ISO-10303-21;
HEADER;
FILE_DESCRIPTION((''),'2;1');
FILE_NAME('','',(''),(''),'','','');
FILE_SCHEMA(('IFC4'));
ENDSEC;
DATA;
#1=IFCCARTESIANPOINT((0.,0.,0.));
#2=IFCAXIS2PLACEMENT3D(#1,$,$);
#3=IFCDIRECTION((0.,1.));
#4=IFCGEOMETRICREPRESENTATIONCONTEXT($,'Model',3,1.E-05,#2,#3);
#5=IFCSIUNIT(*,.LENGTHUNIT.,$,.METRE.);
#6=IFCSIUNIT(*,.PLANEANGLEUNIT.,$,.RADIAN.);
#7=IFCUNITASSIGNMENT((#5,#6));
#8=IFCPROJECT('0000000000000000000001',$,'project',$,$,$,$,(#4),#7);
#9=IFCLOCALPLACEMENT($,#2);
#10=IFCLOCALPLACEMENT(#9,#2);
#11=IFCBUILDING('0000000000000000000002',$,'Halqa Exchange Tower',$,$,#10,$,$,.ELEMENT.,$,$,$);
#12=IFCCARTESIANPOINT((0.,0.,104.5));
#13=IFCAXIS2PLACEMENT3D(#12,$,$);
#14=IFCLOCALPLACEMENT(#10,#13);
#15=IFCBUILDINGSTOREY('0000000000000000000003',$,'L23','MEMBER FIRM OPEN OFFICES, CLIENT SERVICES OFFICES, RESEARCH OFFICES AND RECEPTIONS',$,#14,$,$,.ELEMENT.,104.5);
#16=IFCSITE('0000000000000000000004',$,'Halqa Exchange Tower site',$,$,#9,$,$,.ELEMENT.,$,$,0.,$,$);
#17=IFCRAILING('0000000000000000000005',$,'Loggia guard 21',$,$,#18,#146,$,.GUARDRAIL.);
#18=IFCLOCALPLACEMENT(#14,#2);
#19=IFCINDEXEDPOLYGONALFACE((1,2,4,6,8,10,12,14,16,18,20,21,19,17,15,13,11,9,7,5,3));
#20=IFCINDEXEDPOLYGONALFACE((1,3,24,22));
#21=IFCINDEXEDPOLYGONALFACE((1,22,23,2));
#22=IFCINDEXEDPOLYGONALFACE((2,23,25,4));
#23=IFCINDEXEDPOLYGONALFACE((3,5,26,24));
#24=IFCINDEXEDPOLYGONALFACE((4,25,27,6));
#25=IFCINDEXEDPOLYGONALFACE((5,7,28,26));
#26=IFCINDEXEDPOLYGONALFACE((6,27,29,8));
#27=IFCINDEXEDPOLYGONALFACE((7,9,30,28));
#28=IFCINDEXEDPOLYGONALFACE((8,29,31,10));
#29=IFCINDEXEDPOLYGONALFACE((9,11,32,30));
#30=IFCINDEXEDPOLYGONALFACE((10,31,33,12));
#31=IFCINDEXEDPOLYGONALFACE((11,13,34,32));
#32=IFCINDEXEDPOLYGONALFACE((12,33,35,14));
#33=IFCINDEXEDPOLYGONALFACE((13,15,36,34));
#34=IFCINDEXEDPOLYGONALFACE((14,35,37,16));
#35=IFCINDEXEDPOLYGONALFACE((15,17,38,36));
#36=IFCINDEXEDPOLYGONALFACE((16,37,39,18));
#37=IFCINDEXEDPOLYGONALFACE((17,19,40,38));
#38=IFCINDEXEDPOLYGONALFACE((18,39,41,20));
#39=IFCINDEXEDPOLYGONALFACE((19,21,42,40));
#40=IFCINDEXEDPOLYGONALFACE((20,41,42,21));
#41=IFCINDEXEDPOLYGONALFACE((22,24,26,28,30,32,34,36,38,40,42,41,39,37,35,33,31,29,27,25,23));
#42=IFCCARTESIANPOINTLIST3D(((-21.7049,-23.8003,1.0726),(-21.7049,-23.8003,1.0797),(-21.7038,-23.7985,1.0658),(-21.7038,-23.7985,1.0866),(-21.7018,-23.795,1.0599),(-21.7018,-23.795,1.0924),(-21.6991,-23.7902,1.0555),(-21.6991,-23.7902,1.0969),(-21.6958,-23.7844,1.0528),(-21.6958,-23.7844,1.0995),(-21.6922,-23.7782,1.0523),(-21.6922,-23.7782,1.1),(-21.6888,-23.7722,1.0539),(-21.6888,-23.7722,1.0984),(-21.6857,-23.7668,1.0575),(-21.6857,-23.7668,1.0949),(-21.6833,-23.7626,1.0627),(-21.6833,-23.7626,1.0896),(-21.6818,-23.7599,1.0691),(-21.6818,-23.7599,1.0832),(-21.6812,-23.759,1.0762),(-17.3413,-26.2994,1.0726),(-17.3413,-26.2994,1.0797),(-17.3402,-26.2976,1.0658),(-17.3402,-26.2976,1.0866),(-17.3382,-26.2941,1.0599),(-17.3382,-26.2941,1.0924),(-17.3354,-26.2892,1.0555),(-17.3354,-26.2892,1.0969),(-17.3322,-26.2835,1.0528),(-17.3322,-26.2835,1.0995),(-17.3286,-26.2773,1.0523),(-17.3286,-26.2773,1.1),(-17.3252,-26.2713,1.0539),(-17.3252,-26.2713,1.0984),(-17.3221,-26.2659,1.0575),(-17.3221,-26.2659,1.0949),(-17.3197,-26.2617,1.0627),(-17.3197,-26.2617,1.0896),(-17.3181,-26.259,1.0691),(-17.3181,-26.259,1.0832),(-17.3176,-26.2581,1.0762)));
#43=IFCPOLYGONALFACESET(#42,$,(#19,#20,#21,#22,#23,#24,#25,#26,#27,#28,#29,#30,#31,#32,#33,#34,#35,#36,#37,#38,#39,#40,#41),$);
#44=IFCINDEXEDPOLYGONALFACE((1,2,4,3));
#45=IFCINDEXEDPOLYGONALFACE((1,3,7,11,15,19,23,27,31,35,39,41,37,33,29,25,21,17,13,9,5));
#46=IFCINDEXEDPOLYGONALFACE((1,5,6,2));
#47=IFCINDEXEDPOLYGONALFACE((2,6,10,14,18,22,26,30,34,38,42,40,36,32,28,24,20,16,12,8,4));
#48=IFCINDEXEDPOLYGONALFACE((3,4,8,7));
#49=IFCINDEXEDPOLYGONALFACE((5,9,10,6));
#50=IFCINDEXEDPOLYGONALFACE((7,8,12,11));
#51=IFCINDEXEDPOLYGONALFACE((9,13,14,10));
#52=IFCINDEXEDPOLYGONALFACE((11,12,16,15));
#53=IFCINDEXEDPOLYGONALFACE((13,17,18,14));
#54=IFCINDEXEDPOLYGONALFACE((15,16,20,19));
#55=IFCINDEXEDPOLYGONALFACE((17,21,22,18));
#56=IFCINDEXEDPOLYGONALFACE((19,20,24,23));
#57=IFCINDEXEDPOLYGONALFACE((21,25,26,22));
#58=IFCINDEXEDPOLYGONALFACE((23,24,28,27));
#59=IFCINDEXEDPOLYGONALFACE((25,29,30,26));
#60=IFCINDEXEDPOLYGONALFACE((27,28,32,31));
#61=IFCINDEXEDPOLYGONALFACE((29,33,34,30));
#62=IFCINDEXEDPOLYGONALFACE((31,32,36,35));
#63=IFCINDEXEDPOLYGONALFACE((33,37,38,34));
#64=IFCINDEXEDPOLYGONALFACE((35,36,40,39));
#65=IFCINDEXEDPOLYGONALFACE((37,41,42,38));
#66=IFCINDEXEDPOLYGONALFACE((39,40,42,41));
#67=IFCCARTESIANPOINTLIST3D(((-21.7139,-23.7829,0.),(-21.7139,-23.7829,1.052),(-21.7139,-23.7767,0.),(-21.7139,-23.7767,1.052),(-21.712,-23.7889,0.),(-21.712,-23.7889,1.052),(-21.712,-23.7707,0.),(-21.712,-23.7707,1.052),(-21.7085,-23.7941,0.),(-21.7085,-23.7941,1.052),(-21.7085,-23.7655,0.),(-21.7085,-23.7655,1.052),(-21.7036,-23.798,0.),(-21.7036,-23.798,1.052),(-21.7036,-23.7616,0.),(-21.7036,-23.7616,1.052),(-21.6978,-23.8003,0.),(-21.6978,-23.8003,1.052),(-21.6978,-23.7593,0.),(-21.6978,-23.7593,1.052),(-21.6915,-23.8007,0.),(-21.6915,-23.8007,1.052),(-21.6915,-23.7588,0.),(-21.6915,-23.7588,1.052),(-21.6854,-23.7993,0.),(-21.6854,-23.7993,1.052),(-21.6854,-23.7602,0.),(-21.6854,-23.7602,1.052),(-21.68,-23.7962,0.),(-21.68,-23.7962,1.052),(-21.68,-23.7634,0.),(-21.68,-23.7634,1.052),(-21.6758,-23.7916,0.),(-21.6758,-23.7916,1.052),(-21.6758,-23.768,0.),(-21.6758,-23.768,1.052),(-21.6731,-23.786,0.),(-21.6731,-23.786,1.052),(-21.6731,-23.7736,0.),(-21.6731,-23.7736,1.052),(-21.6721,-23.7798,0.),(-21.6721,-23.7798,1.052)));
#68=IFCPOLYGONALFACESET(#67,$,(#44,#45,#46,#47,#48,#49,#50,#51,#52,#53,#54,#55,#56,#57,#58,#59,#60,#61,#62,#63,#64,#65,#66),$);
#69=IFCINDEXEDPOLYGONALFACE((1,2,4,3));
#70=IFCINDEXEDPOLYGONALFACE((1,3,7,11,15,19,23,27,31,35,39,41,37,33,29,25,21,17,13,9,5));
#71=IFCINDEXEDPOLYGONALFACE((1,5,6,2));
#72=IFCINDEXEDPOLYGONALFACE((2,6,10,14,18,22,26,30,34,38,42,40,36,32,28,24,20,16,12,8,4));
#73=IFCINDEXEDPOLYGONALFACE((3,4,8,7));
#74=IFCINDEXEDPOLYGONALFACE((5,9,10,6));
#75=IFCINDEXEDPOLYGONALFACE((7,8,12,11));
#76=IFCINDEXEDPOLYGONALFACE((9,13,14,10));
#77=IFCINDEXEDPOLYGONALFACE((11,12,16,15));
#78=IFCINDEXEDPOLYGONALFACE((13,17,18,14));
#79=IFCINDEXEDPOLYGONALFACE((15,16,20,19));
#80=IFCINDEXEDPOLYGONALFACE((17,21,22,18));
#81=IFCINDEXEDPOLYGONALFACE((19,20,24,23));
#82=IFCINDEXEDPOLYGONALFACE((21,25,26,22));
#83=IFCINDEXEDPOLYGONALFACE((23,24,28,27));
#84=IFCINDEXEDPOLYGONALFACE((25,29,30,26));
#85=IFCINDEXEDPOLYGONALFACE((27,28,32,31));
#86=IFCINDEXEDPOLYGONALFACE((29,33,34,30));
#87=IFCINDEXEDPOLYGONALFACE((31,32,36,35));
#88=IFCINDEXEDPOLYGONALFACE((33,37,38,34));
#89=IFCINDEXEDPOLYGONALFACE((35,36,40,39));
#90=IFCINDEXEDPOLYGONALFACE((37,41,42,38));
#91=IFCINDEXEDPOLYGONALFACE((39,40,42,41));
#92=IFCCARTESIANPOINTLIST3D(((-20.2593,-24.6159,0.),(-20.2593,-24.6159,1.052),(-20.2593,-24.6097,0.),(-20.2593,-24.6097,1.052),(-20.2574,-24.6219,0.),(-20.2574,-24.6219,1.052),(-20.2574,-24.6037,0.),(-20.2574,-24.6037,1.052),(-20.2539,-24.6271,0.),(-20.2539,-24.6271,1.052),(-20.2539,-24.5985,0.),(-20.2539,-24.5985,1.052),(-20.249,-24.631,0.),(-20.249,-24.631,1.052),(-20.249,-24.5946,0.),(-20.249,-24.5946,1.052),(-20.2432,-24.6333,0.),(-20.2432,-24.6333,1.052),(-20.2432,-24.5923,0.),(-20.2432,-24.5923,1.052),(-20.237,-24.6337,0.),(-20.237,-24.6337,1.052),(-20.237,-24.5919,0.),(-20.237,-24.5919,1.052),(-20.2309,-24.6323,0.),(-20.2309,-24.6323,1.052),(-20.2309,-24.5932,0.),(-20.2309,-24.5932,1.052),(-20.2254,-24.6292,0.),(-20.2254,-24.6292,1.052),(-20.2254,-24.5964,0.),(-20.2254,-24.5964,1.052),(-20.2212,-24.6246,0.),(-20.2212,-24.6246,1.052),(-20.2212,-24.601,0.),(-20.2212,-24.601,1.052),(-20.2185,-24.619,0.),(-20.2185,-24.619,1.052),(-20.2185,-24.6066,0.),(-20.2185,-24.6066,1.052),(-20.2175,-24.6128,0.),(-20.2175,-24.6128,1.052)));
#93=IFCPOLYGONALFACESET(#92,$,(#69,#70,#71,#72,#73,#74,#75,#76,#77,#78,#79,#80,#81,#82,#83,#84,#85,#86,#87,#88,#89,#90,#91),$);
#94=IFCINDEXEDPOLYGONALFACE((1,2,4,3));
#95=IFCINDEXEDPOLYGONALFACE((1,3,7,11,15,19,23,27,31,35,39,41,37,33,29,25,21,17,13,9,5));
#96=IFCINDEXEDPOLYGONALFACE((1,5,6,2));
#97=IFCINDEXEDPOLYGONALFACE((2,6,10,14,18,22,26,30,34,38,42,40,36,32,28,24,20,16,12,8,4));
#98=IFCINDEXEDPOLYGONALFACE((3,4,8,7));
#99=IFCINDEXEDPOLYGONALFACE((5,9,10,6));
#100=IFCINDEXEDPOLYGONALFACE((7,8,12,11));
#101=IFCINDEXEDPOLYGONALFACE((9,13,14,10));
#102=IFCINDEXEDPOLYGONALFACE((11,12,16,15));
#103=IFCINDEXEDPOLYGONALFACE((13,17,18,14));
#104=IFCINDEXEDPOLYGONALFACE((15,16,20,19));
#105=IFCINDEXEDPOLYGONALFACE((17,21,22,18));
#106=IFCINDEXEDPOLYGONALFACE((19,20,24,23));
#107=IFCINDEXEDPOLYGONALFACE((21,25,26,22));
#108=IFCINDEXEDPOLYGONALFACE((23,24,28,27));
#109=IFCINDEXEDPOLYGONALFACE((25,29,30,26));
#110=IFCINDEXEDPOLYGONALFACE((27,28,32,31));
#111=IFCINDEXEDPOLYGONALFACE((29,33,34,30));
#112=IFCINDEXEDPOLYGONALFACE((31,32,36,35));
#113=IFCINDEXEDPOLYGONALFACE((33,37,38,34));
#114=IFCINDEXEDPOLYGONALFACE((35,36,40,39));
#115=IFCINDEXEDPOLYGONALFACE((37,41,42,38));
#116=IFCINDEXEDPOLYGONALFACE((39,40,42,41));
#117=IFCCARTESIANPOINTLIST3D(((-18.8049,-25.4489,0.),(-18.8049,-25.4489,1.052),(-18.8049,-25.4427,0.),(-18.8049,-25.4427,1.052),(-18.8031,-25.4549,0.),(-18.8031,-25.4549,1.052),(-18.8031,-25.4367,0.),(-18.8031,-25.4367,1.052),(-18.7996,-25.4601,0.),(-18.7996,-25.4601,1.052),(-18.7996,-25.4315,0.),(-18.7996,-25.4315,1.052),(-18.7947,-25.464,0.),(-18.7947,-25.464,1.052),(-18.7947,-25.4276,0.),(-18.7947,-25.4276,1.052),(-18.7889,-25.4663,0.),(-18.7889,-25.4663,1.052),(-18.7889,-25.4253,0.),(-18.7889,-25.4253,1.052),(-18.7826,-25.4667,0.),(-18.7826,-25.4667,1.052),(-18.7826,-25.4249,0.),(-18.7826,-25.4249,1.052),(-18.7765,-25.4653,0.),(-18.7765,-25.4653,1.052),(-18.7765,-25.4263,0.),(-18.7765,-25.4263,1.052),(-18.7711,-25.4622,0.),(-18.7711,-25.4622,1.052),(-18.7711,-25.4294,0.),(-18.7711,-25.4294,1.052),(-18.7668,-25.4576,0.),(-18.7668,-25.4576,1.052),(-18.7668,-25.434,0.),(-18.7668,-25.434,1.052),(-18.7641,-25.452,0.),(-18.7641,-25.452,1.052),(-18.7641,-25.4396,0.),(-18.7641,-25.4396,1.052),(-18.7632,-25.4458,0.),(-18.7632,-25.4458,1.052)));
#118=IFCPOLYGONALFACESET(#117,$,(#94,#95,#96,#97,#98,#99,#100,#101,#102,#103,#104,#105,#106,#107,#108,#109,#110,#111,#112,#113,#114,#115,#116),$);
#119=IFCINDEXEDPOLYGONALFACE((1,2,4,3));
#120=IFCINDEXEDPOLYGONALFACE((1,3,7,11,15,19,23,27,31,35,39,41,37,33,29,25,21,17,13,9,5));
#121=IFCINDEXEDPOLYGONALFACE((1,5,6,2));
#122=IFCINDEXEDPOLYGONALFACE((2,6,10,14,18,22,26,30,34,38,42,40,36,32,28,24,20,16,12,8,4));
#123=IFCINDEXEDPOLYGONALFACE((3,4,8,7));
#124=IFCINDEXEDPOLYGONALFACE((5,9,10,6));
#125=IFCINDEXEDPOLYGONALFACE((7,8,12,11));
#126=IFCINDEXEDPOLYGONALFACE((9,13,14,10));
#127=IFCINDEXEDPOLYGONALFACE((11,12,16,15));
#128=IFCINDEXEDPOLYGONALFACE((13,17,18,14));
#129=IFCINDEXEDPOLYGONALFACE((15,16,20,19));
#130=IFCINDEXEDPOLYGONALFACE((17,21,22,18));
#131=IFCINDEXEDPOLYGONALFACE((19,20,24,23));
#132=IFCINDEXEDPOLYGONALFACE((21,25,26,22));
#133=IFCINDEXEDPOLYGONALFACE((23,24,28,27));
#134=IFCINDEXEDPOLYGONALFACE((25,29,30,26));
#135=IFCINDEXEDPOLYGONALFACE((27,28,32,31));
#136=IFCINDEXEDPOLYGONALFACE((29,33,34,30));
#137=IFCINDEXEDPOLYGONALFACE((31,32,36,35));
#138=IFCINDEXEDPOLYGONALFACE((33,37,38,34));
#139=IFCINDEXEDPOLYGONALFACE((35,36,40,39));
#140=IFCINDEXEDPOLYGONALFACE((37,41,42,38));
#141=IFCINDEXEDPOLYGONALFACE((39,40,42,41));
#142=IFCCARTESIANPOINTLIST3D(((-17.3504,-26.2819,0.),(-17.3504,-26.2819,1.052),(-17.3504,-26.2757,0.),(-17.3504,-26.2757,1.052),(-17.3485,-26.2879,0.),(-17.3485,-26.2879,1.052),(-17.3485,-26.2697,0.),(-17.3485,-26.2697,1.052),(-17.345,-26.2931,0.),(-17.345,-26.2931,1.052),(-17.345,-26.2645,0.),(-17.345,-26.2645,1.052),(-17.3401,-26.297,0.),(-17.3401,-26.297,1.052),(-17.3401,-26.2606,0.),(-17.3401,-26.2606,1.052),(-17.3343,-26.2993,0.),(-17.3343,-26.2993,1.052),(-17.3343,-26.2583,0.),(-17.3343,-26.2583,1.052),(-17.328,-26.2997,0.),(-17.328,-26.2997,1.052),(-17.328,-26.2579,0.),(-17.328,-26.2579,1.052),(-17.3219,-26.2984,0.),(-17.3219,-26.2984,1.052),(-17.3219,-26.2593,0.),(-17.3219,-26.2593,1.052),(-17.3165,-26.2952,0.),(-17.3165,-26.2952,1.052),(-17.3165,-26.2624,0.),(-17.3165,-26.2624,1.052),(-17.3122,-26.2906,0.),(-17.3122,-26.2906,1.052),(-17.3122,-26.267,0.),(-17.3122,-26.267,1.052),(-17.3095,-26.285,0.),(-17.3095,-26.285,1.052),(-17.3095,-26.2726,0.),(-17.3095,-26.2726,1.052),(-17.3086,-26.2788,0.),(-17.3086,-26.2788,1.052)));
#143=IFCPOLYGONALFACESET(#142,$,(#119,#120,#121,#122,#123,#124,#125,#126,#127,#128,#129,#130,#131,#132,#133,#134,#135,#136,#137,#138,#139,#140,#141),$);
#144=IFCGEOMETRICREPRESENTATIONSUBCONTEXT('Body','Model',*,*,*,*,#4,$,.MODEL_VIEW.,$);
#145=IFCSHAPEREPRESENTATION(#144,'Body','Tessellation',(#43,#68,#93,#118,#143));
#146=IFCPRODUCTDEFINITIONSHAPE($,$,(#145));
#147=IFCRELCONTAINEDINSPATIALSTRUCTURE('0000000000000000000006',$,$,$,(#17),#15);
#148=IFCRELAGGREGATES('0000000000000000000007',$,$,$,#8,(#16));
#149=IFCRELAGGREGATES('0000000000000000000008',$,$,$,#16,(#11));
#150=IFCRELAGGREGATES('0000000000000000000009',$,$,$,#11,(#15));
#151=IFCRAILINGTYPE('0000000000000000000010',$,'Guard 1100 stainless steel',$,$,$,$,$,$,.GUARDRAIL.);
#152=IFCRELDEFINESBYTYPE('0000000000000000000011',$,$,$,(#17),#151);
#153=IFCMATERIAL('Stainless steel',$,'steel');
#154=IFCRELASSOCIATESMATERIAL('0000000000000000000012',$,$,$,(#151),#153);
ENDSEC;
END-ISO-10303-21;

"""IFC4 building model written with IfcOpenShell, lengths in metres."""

from ifc_helpers import new_model, si_unit, direction, frame, origin, origin_2d, place, context, subcontext, project, spatial, circle, extrude, material, type_object, element, save


model = new_model("IFC4")

# Units and contexts
model_context = context("Model", 3, precision=1e-05, world=origin(), true_north=direction((0.0, 1.0)))
body_context = subcontext(model_context, "Body", "Model", "MODEL_VIEW")
ifc_project = project(units=[si_unit("LENGTHUNIT", "METRE"), si_unit("PLANEANGLEUNIT", "RADIAN")], contexts=[model_context])

# Site, building, storey
site_placement = place(None, origin())
site = spatial("IfcSite", under=ifc_project, at=site_placement, Name="Halqa Exchange Tower site", CompositionType="ELEMENT", RefElevation=0.0)
building_placement = place(site_placement, origin())
building = spatial("IfcBuilding", under=site, at=building_placement, Name="Halqa Exchange Tower", CompositionType="ELEMENT")
storey_placement = place(building_placement, frame((0.0, 0.0, 104.5)))
storey = spatial("IfcBuildingStorey", under=building, at=storey_placement, Name="L23", Description="MEMBER FIRM OPEN OFFICES, CLIENT SERVICES OFFICES, RESEARCH OFFICES AND RECEPTIONS", CompositionType="ELEMENT", Elevation=104.5)

# Railing
ifc_material_1 = material(Name="Stainless steel", Category="steel")
railing_type = type_object("IfcRailingType", Name="Guard 1100 stainless steel", PredefinedType="GUARDRAIL", material=ifc_material_1)
railing_1_placement = place(storey_placement, frame((-21.6931, -23.7798, 0.0)))
element("IfcRailing", 1, at=railing_1_placement, inside=storey, type_object=railing_type, Name="Loggia guard 21", PredefinedType="GUARDRAIL", context=body_context, shape_type="SweptSolid", body=[
    extrude(circle(Radius=0.0239, at=origin_2d()), frame((0.0, 0.0, 1.0762), z_axis=(0.867765, -0.496975, 0.0), x_axis=(0.496975, 0.867765, 0.0)), (0.0, 0.0, 1.0), 5.0286),
    extrude(circle(Radius=0.021, at=origin_2d()), origin(), (0.0, 0.0, 1.0), 1.052),
    extrude(circle(Radius=0.021, at=origin_2d()), frame((1.4546, -0.833, 0.0)), (0.0, 0.0, 1.0), 1.052),
    extrude(circle(Radius=0.021, at=origin_2d()), frame((2.9089, -1.666, 0.0)), (0.0, 0.0, 1.0), 1.052),
    extrude(circle(Radius=0.021, at=origin_2d()), frame((4.3635, -2.499, 0.0)), (0.0, 0.0, 1.0), 1.052),
])

save(model, "model.ifc")
